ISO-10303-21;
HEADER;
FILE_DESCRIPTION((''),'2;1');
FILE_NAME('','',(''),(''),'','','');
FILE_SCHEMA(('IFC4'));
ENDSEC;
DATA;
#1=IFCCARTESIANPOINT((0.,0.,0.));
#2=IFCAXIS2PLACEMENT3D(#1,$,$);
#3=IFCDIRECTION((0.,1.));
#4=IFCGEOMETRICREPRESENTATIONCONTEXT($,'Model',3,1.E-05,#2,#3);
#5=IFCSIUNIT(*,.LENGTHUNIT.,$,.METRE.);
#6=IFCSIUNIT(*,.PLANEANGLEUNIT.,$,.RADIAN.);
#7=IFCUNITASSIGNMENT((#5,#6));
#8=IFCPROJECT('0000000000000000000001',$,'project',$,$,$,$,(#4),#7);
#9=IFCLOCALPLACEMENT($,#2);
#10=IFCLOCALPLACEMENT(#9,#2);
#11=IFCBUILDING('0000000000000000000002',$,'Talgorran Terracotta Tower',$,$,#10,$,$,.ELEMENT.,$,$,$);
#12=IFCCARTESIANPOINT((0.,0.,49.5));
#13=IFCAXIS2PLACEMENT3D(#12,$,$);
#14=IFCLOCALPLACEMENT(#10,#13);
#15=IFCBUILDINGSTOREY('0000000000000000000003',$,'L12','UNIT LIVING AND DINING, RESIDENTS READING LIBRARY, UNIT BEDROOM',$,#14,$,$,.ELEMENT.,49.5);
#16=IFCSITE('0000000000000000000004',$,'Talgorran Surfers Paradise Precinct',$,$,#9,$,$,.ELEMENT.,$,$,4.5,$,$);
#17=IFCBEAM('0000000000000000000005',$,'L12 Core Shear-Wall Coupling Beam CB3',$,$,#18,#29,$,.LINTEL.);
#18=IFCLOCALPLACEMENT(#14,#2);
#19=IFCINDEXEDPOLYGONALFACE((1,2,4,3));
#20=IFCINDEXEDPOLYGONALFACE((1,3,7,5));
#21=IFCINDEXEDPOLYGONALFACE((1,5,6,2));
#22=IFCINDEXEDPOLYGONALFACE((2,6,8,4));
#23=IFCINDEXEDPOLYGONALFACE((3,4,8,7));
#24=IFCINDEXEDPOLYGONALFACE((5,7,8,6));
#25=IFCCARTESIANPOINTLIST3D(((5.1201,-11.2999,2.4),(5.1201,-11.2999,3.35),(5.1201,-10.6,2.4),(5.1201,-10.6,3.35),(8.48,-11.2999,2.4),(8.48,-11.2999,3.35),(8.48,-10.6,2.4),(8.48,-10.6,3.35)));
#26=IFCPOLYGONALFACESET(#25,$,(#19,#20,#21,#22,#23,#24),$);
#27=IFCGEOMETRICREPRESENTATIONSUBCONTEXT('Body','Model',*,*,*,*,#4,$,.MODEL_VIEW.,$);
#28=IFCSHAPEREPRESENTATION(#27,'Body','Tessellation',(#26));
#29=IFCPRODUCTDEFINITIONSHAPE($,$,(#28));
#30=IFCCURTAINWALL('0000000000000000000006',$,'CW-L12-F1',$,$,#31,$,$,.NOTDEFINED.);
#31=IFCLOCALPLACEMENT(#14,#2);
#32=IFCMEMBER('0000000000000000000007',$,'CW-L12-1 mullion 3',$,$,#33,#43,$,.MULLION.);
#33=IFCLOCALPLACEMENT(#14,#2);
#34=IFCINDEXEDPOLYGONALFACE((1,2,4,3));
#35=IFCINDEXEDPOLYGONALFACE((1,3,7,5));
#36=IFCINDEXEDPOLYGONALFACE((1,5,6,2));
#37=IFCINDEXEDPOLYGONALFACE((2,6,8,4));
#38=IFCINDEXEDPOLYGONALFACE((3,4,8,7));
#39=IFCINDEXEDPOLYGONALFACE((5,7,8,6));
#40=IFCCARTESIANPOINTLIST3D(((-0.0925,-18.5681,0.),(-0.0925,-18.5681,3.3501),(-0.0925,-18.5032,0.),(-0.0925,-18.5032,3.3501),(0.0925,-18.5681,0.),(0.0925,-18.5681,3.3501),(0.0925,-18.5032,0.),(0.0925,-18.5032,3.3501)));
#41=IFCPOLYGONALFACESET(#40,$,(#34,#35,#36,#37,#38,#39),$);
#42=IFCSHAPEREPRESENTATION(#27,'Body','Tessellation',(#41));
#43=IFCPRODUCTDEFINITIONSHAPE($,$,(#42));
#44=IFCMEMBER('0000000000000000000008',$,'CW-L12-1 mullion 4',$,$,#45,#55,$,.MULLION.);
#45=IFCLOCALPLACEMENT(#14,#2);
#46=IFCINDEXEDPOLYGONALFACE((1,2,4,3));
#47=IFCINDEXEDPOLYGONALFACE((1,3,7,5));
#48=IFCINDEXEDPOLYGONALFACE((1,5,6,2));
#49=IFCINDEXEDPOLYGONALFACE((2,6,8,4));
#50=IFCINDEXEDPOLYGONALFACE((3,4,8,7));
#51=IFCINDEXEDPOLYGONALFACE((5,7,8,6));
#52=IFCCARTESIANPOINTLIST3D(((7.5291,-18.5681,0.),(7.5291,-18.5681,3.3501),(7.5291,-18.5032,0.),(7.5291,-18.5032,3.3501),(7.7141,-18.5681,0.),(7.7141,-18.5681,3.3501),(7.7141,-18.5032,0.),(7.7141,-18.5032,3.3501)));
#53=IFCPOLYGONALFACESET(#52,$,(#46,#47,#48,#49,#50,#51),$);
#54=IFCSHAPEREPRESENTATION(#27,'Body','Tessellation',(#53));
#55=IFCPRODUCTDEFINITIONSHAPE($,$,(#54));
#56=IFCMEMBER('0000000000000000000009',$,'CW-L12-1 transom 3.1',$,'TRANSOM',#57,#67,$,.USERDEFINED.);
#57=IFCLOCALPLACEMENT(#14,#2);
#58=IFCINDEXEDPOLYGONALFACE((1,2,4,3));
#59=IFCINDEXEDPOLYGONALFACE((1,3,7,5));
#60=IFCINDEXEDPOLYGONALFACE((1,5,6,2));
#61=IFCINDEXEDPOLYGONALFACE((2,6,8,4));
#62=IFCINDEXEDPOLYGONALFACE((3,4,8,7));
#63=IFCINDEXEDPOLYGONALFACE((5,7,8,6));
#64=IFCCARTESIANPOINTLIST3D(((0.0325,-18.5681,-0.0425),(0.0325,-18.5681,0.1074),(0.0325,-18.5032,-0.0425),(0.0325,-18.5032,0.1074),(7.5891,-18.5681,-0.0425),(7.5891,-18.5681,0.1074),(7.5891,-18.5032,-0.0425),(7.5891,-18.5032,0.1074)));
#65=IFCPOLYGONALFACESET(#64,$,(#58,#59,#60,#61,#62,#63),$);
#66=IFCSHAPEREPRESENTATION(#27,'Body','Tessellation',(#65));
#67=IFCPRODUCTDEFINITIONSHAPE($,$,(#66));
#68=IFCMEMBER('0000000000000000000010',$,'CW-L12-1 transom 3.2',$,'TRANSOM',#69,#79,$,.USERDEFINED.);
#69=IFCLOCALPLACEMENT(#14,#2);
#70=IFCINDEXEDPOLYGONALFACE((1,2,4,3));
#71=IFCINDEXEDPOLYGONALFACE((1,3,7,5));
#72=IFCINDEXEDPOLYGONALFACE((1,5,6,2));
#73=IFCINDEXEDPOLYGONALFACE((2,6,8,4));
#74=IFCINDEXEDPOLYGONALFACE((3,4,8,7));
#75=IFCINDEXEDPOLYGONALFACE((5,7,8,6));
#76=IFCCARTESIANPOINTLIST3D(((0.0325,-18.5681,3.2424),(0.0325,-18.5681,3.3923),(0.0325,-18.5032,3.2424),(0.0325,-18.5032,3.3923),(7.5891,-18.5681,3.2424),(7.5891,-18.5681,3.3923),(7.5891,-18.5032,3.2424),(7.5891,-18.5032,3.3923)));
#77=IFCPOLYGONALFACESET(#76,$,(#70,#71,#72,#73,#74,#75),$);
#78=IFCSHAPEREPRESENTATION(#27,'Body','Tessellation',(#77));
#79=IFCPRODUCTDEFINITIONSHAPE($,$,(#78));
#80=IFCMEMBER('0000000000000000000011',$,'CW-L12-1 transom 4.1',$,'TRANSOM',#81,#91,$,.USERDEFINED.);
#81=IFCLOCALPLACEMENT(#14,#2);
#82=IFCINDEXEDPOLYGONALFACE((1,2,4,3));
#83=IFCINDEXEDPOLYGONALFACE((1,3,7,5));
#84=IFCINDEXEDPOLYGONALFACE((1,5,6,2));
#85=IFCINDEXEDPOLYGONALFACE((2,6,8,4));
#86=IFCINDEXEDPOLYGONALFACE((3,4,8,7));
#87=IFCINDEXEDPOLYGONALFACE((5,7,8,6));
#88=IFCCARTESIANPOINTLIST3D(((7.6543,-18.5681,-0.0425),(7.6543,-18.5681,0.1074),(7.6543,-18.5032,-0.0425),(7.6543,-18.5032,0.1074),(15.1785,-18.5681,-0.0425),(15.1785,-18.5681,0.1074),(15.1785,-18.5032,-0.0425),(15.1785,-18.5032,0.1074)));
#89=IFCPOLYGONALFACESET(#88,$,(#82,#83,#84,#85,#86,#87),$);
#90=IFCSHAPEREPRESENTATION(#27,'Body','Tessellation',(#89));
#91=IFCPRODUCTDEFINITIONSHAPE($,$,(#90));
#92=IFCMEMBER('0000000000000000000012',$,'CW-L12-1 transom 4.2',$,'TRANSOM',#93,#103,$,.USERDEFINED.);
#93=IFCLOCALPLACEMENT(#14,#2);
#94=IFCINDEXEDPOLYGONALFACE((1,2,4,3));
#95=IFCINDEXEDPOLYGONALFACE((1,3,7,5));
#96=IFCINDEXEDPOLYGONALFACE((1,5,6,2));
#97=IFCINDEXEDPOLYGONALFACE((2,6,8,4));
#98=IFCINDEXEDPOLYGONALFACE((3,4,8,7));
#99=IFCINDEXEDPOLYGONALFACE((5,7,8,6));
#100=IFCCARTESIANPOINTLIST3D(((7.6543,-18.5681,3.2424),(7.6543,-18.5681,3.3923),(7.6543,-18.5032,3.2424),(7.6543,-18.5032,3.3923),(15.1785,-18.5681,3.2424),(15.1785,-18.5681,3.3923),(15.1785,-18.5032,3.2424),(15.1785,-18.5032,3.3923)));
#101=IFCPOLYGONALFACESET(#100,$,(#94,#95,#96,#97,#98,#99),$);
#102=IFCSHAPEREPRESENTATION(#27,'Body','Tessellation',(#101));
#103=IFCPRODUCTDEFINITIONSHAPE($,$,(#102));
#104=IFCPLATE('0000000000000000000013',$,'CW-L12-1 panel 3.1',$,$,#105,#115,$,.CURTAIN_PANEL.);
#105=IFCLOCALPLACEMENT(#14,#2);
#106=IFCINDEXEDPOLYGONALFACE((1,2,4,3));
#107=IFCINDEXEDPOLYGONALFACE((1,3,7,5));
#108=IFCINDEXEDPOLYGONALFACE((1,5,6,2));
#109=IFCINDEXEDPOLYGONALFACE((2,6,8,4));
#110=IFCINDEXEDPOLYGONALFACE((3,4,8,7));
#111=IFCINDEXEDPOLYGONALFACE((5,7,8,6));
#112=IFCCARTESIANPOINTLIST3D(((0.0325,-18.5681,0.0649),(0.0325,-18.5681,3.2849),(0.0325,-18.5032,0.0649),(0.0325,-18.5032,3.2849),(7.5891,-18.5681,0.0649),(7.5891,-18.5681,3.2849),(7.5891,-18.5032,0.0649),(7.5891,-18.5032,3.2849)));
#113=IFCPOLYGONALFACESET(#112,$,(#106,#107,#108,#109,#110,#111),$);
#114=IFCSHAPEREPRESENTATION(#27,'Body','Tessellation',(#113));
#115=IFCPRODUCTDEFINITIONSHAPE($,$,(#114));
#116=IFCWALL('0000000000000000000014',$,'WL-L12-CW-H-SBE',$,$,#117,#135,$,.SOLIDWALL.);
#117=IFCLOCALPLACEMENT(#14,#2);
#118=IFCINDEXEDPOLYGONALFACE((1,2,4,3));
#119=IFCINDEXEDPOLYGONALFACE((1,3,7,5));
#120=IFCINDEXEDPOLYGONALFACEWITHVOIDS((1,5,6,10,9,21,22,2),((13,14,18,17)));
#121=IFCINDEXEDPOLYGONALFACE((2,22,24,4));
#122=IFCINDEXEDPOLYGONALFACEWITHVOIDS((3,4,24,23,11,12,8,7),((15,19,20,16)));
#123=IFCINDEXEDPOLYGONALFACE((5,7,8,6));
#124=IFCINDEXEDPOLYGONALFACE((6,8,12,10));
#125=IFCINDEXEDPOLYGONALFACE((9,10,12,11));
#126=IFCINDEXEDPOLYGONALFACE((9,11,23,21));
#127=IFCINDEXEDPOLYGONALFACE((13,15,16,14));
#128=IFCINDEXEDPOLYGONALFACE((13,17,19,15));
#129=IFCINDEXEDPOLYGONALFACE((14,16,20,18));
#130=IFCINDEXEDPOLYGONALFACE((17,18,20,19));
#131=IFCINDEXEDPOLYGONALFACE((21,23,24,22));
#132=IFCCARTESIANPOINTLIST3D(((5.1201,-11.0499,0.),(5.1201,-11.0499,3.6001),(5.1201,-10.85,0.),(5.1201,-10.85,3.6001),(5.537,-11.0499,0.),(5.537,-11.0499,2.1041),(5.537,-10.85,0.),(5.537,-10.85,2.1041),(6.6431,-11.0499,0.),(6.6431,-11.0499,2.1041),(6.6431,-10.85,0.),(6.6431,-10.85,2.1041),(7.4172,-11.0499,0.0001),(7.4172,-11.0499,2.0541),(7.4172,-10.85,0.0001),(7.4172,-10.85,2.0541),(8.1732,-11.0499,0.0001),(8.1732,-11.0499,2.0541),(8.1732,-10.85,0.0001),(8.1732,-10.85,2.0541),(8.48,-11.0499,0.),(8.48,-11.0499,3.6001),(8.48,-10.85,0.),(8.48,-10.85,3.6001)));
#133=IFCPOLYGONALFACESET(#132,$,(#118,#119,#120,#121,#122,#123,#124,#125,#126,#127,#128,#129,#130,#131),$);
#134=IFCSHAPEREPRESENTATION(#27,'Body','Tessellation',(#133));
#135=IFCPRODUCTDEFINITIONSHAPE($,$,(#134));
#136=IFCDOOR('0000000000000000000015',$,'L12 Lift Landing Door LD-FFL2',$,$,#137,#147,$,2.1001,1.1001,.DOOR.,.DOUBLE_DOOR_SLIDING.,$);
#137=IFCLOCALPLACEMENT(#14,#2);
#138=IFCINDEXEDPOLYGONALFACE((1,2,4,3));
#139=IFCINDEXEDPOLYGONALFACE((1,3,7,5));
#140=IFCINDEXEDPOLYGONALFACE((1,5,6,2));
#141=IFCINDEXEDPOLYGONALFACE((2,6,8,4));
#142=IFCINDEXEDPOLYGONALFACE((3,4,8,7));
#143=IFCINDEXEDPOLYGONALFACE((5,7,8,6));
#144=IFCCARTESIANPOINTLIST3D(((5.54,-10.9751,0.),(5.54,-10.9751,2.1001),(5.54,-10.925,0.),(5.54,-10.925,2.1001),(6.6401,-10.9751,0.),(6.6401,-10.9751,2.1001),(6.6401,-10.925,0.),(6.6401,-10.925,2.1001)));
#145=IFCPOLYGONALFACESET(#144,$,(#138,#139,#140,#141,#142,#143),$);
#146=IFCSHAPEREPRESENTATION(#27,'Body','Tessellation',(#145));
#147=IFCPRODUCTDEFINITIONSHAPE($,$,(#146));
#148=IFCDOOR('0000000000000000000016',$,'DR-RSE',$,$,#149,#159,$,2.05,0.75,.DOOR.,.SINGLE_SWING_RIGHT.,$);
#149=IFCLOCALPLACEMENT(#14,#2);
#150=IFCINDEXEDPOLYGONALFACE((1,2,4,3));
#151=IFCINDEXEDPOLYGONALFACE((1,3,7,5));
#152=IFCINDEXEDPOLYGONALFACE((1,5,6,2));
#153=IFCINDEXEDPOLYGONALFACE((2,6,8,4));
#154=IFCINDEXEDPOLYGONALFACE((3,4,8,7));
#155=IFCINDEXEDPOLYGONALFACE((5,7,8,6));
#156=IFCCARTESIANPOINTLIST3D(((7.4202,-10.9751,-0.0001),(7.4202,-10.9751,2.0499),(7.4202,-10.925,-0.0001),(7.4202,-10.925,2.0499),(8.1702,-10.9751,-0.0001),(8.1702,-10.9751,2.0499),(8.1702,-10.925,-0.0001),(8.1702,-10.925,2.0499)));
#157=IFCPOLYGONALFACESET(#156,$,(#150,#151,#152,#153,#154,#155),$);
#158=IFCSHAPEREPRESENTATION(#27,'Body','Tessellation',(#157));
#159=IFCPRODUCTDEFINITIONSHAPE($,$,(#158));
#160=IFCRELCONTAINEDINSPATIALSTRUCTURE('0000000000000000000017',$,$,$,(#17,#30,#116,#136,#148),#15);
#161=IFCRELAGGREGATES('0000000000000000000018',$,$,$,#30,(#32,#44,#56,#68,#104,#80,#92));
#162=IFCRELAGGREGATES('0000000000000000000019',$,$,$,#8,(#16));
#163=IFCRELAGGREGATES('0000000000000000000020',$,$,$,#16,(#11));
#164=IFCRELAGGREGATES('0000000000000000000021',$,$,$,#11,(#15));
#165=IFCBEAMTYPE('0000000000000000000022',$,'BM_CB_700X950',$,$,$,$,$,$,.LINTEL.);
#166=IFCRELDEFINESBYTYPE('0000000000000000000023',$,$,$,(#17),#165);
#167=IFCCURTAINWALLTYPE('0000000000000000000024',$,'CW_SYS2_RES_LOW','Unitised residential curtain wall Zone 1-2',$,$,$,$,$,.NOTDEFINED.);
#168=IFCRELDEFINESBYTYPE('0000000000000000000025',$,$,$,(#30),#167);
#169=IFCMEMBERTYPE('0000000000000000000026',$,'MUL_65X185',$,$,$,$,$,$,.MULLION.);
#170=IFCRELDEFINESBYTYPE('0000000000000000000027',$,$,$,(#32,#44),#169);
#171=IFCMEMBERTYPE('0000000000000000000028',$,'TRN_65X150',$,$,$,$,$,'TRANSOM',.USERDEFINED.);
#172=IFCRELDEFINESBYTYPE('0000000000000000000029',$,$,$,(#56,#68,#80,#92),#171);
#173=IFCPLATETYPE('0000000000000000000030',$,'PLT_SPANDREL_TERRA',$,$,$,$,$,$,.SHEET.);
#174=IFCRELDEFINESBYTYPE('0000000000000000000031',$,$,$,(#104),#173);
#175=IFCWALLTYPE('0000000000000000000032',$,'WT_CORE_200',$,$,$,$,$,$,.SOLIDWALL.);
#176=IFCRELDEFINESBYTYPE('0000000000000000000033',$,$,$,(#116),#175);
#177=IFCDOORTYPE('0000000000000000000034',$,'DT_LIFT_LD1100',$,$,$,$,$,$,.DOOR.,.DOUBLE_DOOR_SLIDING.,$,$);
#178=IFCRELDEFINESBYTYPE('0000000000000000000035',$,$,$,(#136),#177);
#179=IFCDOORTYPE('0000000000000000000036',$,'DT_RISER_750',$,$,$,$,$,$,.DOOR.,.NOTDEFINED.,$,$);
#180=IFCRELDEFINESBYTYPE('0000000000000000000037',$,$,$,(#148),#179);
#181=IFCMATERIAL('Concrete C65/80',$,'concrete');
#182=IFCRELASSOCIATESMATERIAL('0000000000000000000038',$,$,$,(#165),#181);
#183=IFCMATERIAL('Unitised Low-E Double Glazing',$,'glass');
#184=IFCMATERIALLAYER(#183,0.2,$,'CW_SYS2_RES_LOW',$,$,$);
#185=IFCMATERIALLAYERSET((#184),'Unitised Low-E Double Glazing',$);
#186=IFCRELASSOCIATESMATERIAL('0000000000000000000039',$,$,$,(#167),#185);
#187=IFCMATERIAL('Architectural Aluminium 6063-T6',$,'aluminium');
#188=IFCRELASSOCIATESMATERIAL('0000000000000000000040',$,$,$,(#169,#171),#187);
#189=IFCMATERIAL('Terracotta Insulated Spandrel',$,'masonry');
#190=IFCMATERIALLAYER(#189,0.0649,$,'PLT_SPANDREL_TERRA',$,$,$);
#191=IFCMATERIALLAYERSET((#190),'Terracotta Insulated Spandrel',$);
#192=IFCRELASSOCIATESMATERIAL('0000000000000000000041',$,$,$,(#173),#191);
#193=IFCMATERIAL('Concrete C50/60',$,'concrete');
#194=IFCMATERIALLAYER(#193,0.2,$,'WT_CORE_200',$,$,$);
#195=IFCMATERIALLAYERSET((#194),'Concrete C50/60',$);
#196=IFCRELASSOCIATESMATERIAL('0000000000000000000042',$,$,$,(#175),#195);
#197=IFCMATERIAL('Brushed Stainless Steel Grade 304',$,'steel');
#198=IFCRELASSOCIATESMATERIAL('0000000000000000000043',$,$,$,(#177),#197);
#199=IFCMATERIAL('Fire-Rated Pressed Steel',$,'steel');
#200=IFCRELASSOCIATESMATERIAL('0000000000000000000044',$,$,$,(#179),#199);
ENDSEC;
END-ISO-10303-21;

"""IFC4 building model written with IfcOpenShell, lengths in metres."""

from ifc_helpers import new_model, si_unit, direction, frame, frame_2d, origin, origin_2d, place, context, subcontext, project, spatial, rectangle, extrude, source, transform, mapped, material, layer, layer_set, material_profile, profile_set, type_object, type_shapes, element, fill, aggregate, save


model = new_model("IFC4")

# Units and contexts
model_context = context("Model", 3, precision=1e-05, world=origin(), true_north=direction((0.0, 1.0)))
body_context = subcontext(model_context, "Body", "Model", "MODEL_VIEW")
ifc_project = project(units=[si_unit("LENGTHUNIT", "METRE"), si_unit("PLANEANGLEUNIT", "RADIAN")], contexts=[model_context])

# Site, building, storey
site_placement = place(None, origin())
site = spatial("IfcSite", under=ifc_project, at=site_placement, Name="Talgorran Surfers Paradise Precinct", CompositionType="ELEMENT", RefElevation=4.5)
building_placement = place(site_placement, origin())
building = spatial("IfcBuilding", under=site, at=building_placement, Name="Talgorran Terracotta Tower", CompositionType="ELEMENT")
storey_placement = place(building_placement, frame((0.0, 0.0, 49.5)))
storey = spatial("IfcBuildingStorey", under=building, at=storey_placement, Name="L12", Description="UNIT LIVING AND DINING, RESIDENTS READING LIBRARY, UNIT BEDROOM", CompositionType="ELEMENT", Elevation=49.5)

# Beam
ifc_material_1 = material(Name="Concrete C65/80", Category="concrete")
ifc_material_profile_1 = material_profile(ifc_material_1, rectangle(XDim=0.7, YDim=0.95, at=origin_2d()), Name="RCCB700X950")
ifc_profile_set_1 = profile_set([ifc_material_profile_1], Name="Concrete C65/80")
beam_type = type_object("IfcBeamType", Name="BM_CB_700X950", PredefinedType="LINTEL", material=ifc_profile_set_1)
beam_placement = place(storey_placement, frame((5.1201, -10.95, 2.875), z_axis=(1.0, 0.0, 0.0), x_axis=(0.0, 1.0, 0.0)))
element("IfcBeam", 1, at=beam_placement, inside=storey, type_object=beam_type, Name="L12 Core Shear-Wall Coupling Beam CB3", PredefinedType="LINTEL", context=body_context, shape_type="SweptSolid", body=[
    extrude(rectangle(XDim=0.7, YDim=0.95, at=origin_2d()), origin(), (0.0, 0.0, 1.0), 3.3599),
])

# Curtain wall, members, plate
ifc_material_2 = material(Name="Unitised Low-E Double Glazing", Category="glass")
ifc_layer_1 = layer(ifc_material_2, 0.2, Name="CW_SYS2_RES_LOW")
ifc_layer_set_1 = layer_set([ifc_layer_1], Name="Unitised Low-E Double Glazing")
curtain_wall_type = type_object("IfcCurtainWallType", Name="CW_SYS2_RES_LOW", Description="Unitised residential curtain wall Zone 1-2", PredefinedType="NOTDEFINED", material=ifc_layer_set_1)
curtain_wall_placement = place(storey_placement, origin())
curtain_wall = element("IfcCurtainWall", 2, at=curtain_wall_placement, inside=storey, type_object=curtain_wall_type, Name="CW-L12-F1", PredefinedType="NOTDEFINED")
ifc_material_3 = material(Name="Architectural Aluminium 6063-T6", Category="aluminium")
ifc_material_profile_2 = material_profile(ifc_material_3, rectangle(XDim=0.0649, YDim=0.1851, at=origin_2d()), Name="CWM65X185")
ifc_profile_set_2 = profile_set([ifc_material_profile_2], Name="Architectural Aluminium 6063-T6")
member_type_1 = type_object("IfcMemberType", Name="MUL_65X185", PredefinedType="MULLION", material=ifc_profile_set_2)
member_1_placement = place(storey_placement, frame((0.0, -18.5356, 0.0), z_axis=(0.0, 0.0, 1.0), x_axis=(0.0, 1.0, 0.0)))
member_1 = element("IfcMember", 3, at=member_1_placement, type_object=member_type_1, Name="CW-L12-1 mullion 3", PredefinedType="MULLION", context=body_context, shape_type="SweptSolid", body=[
    extrude(rectangle(XDim=0.0649, YDim=0.1851, at=origin_2d()), origin(), (0.0, 0.0, 1.0), 3.3501),
])
member_2_placement = place(storey_placement, frame((7.6216, -18.5356, 0.0), z_axis=(0.0, 0.0, 1.0), x_axis=(0.0, 1.0, 0.0)))
member_2 = element("IfcMember", 4, at=member_2_placement, type_object=member_type_1, Name="CW-L12-1 mullion 4", PredefinedType="MULLION", context=body_context, shape_type="SweptSolid", body=[
    extrude(rectangle(XDim=0.0649, YDim=0.1851, at=origin_2d()), origin(), (0.0, 0.0, 1.0), 3.3501),
])
ifc_material_profile_3 = material_profile(ifc_material_3, rectangle(XDim=0.0649, YDim=0.1499, at=origin_2d()), Name="CWT65X150")
ifc_profile_set_3 = profile_set([ifc_material_profile_3], Name="Architectural Aluminium 6063-T6")
member_type_2 = type_object("IfcMemberType", Name="TRN_65X150", ElementType="TRANSOM", PredefinedType="USERDEFINED", material=ifc_profile_set_3)
member_3_placement = place(storey_placement, frame((0.0325, -18.5356, 0.0325), z_axis=(1.0, 0.0, 0.0), x_axis=(0.0, 1.0, 0.0)))
member_3 = element("IfcMember", 5, at=member_3_placement, type_object=member_type_2, Name="CW-L12-1 transom 3.1", ObjectType="TRANSOM", PredefinedType="USERDEFINED", context=body_context, shape_type="SweptSolid", body=[
    extrude(rectangle(XDim=0.0649, YDim=0.1499, at=origin_2d()), origin(), (0.0, 0.0, 1.0), 7.5566),
])
member_4_placement = place(storey_placement, frame((0.0325, -18.5356, 3.3174), z_axis=(1.0, 0.0, 0.0), x_axis=(0.0, 1.0, 0.0)))
member_4 = element("IfcMember", 6, at=member_4_placement, type_object=member_type_2, Name="CW-L12-1 transom 3.2", ObjectType="TRANSOM", PredefinedType="USERDEFINED", context=body_context, shape_type="SweptSolid", body=[
    extrude(rectangle(XDim=0.0649, YDim=0.1499, at=origin_2d()), origin(), (0.0, 0.0, 1.0), 7.5566),
])
member_5_placement = place(storey_placement, frame((7.6543, -18.5356, 0.0325), z_axis=(1.0, 0.0, 0.0), x_axis=(0.0, 1.0, 0.0)))
member_5 = element("IfcMember", 7, at=member_5_placement, type_object=member_type_2, Name="CW-L12-1 transom 4.1", ObjectType="TRANSOM", PredefinedType="USERDEFINED", context=body_context, shape_type="SweptSolid", body=[
    extrude(rectangle(XDim=0.0649, YDim=0.1499, at=origin_2d()), origin(), (0.0, 0.0, 1.0), 7.5242),
])
member_6_placement = place(storey_placement, frame((7.6543, -18.5356, 3.3174), z_axis=(1.0, 0.0, 0.0), x_axis=(0.0, 1.0, 0.0)))
member_6 = element("IfcMember", 8, at=member_6_placement, type_object=member_type_2, Name="CW-L12-1 transom 4.2", ObjectType="TRANSOM", PredefinedType="USERDEFINED", context=body_context, shape_type="SweptSolid", body=[
    extrude(rectangle(XDim=0.0649, YDim=0.1499, at=origin_2d()), origin(), (0.0, 0.0, 1.0), 7.5242),
])
ifc_material_4 = material(Name="Terracotta Insulated Spandrel", Category="masonry")
ifc_layer_2 = layer(ifc_material_4, 0.0649, Name="PLT_SPANDREL_TERRA")
ifc_layer_set_2 = layer_set([ifc_layer_2], Name="Terracotta Insulated Spandrel")
plate_type = type_object("IfcPlateType", Name="PLT_SPANDREL_TERRA", PredefinedType="SHEET", material=ifc_layer_set_2)
shared_shape = source(origin(), body_context, "Body", "SweptSolid", [
    extrude(rectangle(XDim=7.5566, YDim=0.0649, at=origin_2d()), origin(), (0.0, 0.0, 1.0), 3.22),
])
type_shapes(plate_type, [shared_shape])
plate_placement = place(storey_placement, frame((3.8108, -18.5356, 0.0649), z_axis=(0.0, 0.0, 1.0), x_axis=(1.0, 0.0, 0.0)))
plate = element("IfcPlate", 9, at=plate_placement, type_object=plate_type, Name="CW-L12-1 panel 3.1", PredefinedType="CURTAIN_PANEL", context=body_context, shape_type="MappedRepresentation", body=[
    mapped(shared_shape, transform((0.0, 0.0, 0.0), scale=1.0)),
])
aggregate(curtain_wall, [member_1, member_2, member_3, member_4, plate, member_5, member_6])

# Wall, openings, doors
ifc_material_5 = material(Name="Concrete C50/60", Category="concrete")
ifc_layer_3 = layer(ifc_material_5, 0.2, Name="WT_CORE_200")
ifc_layer_set_3 = layer_set([ifc_layer_3], Name="Concrete C50/60")
wall_type_1 = type_object("IfcWallType", Name="WT_CORE_200", PredefinedType="SOLIDWALL", material=ifc_layer_set_3)
wall_1_placement = place(storey_placement, frame((5.1201, -10.95, 0.0), z_axis=(0.0, 0.0, 1.0), x_axis=(1.0, 0.0, 0.0)))
wall_1 = element("IfcWall", 10, at=wall_1_placement, inside=storey, type_object=wall_type_1, Name="WL-L12-CW-H-SBE", PredefinedType="SOLIDWALL", context=body_context, shape_type="SweptSolid", body=[
    extrude(rectangle(XDim=3.3599, YDim=0.2, at=frame_2d((1.6799, 0.0))), origin(), (0.0, 0.0, 1.0), 3.6001),
])
opening_1_placement = place(wall_1_placement, frame((0.4199, 0.0, 0.0)))
opening_1 = element("IfcOpeningElement", 11, at=opening_1_placement, cuts=wall_1, PredefinedType="OPENING", context=body_context, shape_type="SweptSolid", body=[
    extrude(rectangle(XDim=1.1061, YDim=2.1041, at=frame_2d((0.55, 1.052))), frame((0.0, 0.1099, 0.0), z_axis=(0.0, -1.0, 0.0), x_axis=(1.0, 0.0, 0.0)), (0.0, 0.0, 1.0), 0.22),
])
opening_2_placement = place(wall_1_placement, frame((2.3, 0.0, 0.0)))
opening_2 = element("IfcOpeningElement", 12, at=opening_2_placement, cuts=wall_1, PredefinedType="OPENING", context=body_context, shape_type="SweptSolid", body=[
    extrude(rectangle(XDim=0.756, YDim=2.054, at=frame_2d((0.375, 1.0271))), frame((0.0, 0.1099, 0.0), z_axis=(0.0, -1.0, 0.0), x_axis=(1.0, 0.0, 0.0)), (0.0, 0.0, 1.0), 0.22),
])
ifc_material_6 = material(Name="Brushed Stainless Steel Grade 304", Category="steel")
door_type_1 = type_object("IfcDoorType", Name="DT_LIFT_LD1100", OperationType="DOUBLE_DOOR_SLIDING", PredefinedType="DOOR", material=ifc_material_6)
door_1_placement = place(opening_1_placement, origin())
door_1 = element("IfcDoor", 13, at=door_1_placement, inside=storey, type_object=door_type_1, Name="L12 Lift Landing Door LD-FFL2", OperationType="DOUBLE_DOOR_SLIDING", OverallHeight=2.1001, OverallWidth=1.1001, PredefinedType="DOOR", context=body_context, shape_type="SweptSolid", body=[
    extrude(rectangle(XDim=1.1001, YDim=2.1001, at=frame_2d((0.55, 1.05))), frame((0.0, 0.0249, 0.0), z_axis=(0.0, -1.0, 0.0), x_axis=(1.0, 0.0, 0.0)), (0.0, 0.0, 1.0), 0.05),
])
fill(opening_1, door_1)
ifc_material_7 = material(Name="Fire-Rated Pressed Steel", Category="steel")
door_type_2 = type_object("IfcDoorType", Name="DT_RISER_750", OperationType="NOTDEFINED", PredefinedType="DOOR", material=ifc_material_7)
door_2_placement = place(opening_2_placement, origin())
door_2 = element("IfcDoor", 14, at=door_2_placement, inside=storey, type_object=door_type_2, Name="DR-RSE", OperationType="SINGLE_SWING_RIGHT", OverallHeight=2.05, OverallWidth=0.75, PredefinedType="DOOR", context=body_context, shape_type="SweptSolid", body=[
    extrude(rectangle(XDim=0.75, YDim=2.05, at=frame_2d((0.375, 1.0249))), frame((0.0, 0.0249, 0.0), z_axis=(0.0, -1.0, 0.0), x_axis=(1.0, 0.0, 0.0)), (0.0, 0.0, 1.0), 0.05),
])
fill(opening_2, door_2)

save(model, "model.ifc")
